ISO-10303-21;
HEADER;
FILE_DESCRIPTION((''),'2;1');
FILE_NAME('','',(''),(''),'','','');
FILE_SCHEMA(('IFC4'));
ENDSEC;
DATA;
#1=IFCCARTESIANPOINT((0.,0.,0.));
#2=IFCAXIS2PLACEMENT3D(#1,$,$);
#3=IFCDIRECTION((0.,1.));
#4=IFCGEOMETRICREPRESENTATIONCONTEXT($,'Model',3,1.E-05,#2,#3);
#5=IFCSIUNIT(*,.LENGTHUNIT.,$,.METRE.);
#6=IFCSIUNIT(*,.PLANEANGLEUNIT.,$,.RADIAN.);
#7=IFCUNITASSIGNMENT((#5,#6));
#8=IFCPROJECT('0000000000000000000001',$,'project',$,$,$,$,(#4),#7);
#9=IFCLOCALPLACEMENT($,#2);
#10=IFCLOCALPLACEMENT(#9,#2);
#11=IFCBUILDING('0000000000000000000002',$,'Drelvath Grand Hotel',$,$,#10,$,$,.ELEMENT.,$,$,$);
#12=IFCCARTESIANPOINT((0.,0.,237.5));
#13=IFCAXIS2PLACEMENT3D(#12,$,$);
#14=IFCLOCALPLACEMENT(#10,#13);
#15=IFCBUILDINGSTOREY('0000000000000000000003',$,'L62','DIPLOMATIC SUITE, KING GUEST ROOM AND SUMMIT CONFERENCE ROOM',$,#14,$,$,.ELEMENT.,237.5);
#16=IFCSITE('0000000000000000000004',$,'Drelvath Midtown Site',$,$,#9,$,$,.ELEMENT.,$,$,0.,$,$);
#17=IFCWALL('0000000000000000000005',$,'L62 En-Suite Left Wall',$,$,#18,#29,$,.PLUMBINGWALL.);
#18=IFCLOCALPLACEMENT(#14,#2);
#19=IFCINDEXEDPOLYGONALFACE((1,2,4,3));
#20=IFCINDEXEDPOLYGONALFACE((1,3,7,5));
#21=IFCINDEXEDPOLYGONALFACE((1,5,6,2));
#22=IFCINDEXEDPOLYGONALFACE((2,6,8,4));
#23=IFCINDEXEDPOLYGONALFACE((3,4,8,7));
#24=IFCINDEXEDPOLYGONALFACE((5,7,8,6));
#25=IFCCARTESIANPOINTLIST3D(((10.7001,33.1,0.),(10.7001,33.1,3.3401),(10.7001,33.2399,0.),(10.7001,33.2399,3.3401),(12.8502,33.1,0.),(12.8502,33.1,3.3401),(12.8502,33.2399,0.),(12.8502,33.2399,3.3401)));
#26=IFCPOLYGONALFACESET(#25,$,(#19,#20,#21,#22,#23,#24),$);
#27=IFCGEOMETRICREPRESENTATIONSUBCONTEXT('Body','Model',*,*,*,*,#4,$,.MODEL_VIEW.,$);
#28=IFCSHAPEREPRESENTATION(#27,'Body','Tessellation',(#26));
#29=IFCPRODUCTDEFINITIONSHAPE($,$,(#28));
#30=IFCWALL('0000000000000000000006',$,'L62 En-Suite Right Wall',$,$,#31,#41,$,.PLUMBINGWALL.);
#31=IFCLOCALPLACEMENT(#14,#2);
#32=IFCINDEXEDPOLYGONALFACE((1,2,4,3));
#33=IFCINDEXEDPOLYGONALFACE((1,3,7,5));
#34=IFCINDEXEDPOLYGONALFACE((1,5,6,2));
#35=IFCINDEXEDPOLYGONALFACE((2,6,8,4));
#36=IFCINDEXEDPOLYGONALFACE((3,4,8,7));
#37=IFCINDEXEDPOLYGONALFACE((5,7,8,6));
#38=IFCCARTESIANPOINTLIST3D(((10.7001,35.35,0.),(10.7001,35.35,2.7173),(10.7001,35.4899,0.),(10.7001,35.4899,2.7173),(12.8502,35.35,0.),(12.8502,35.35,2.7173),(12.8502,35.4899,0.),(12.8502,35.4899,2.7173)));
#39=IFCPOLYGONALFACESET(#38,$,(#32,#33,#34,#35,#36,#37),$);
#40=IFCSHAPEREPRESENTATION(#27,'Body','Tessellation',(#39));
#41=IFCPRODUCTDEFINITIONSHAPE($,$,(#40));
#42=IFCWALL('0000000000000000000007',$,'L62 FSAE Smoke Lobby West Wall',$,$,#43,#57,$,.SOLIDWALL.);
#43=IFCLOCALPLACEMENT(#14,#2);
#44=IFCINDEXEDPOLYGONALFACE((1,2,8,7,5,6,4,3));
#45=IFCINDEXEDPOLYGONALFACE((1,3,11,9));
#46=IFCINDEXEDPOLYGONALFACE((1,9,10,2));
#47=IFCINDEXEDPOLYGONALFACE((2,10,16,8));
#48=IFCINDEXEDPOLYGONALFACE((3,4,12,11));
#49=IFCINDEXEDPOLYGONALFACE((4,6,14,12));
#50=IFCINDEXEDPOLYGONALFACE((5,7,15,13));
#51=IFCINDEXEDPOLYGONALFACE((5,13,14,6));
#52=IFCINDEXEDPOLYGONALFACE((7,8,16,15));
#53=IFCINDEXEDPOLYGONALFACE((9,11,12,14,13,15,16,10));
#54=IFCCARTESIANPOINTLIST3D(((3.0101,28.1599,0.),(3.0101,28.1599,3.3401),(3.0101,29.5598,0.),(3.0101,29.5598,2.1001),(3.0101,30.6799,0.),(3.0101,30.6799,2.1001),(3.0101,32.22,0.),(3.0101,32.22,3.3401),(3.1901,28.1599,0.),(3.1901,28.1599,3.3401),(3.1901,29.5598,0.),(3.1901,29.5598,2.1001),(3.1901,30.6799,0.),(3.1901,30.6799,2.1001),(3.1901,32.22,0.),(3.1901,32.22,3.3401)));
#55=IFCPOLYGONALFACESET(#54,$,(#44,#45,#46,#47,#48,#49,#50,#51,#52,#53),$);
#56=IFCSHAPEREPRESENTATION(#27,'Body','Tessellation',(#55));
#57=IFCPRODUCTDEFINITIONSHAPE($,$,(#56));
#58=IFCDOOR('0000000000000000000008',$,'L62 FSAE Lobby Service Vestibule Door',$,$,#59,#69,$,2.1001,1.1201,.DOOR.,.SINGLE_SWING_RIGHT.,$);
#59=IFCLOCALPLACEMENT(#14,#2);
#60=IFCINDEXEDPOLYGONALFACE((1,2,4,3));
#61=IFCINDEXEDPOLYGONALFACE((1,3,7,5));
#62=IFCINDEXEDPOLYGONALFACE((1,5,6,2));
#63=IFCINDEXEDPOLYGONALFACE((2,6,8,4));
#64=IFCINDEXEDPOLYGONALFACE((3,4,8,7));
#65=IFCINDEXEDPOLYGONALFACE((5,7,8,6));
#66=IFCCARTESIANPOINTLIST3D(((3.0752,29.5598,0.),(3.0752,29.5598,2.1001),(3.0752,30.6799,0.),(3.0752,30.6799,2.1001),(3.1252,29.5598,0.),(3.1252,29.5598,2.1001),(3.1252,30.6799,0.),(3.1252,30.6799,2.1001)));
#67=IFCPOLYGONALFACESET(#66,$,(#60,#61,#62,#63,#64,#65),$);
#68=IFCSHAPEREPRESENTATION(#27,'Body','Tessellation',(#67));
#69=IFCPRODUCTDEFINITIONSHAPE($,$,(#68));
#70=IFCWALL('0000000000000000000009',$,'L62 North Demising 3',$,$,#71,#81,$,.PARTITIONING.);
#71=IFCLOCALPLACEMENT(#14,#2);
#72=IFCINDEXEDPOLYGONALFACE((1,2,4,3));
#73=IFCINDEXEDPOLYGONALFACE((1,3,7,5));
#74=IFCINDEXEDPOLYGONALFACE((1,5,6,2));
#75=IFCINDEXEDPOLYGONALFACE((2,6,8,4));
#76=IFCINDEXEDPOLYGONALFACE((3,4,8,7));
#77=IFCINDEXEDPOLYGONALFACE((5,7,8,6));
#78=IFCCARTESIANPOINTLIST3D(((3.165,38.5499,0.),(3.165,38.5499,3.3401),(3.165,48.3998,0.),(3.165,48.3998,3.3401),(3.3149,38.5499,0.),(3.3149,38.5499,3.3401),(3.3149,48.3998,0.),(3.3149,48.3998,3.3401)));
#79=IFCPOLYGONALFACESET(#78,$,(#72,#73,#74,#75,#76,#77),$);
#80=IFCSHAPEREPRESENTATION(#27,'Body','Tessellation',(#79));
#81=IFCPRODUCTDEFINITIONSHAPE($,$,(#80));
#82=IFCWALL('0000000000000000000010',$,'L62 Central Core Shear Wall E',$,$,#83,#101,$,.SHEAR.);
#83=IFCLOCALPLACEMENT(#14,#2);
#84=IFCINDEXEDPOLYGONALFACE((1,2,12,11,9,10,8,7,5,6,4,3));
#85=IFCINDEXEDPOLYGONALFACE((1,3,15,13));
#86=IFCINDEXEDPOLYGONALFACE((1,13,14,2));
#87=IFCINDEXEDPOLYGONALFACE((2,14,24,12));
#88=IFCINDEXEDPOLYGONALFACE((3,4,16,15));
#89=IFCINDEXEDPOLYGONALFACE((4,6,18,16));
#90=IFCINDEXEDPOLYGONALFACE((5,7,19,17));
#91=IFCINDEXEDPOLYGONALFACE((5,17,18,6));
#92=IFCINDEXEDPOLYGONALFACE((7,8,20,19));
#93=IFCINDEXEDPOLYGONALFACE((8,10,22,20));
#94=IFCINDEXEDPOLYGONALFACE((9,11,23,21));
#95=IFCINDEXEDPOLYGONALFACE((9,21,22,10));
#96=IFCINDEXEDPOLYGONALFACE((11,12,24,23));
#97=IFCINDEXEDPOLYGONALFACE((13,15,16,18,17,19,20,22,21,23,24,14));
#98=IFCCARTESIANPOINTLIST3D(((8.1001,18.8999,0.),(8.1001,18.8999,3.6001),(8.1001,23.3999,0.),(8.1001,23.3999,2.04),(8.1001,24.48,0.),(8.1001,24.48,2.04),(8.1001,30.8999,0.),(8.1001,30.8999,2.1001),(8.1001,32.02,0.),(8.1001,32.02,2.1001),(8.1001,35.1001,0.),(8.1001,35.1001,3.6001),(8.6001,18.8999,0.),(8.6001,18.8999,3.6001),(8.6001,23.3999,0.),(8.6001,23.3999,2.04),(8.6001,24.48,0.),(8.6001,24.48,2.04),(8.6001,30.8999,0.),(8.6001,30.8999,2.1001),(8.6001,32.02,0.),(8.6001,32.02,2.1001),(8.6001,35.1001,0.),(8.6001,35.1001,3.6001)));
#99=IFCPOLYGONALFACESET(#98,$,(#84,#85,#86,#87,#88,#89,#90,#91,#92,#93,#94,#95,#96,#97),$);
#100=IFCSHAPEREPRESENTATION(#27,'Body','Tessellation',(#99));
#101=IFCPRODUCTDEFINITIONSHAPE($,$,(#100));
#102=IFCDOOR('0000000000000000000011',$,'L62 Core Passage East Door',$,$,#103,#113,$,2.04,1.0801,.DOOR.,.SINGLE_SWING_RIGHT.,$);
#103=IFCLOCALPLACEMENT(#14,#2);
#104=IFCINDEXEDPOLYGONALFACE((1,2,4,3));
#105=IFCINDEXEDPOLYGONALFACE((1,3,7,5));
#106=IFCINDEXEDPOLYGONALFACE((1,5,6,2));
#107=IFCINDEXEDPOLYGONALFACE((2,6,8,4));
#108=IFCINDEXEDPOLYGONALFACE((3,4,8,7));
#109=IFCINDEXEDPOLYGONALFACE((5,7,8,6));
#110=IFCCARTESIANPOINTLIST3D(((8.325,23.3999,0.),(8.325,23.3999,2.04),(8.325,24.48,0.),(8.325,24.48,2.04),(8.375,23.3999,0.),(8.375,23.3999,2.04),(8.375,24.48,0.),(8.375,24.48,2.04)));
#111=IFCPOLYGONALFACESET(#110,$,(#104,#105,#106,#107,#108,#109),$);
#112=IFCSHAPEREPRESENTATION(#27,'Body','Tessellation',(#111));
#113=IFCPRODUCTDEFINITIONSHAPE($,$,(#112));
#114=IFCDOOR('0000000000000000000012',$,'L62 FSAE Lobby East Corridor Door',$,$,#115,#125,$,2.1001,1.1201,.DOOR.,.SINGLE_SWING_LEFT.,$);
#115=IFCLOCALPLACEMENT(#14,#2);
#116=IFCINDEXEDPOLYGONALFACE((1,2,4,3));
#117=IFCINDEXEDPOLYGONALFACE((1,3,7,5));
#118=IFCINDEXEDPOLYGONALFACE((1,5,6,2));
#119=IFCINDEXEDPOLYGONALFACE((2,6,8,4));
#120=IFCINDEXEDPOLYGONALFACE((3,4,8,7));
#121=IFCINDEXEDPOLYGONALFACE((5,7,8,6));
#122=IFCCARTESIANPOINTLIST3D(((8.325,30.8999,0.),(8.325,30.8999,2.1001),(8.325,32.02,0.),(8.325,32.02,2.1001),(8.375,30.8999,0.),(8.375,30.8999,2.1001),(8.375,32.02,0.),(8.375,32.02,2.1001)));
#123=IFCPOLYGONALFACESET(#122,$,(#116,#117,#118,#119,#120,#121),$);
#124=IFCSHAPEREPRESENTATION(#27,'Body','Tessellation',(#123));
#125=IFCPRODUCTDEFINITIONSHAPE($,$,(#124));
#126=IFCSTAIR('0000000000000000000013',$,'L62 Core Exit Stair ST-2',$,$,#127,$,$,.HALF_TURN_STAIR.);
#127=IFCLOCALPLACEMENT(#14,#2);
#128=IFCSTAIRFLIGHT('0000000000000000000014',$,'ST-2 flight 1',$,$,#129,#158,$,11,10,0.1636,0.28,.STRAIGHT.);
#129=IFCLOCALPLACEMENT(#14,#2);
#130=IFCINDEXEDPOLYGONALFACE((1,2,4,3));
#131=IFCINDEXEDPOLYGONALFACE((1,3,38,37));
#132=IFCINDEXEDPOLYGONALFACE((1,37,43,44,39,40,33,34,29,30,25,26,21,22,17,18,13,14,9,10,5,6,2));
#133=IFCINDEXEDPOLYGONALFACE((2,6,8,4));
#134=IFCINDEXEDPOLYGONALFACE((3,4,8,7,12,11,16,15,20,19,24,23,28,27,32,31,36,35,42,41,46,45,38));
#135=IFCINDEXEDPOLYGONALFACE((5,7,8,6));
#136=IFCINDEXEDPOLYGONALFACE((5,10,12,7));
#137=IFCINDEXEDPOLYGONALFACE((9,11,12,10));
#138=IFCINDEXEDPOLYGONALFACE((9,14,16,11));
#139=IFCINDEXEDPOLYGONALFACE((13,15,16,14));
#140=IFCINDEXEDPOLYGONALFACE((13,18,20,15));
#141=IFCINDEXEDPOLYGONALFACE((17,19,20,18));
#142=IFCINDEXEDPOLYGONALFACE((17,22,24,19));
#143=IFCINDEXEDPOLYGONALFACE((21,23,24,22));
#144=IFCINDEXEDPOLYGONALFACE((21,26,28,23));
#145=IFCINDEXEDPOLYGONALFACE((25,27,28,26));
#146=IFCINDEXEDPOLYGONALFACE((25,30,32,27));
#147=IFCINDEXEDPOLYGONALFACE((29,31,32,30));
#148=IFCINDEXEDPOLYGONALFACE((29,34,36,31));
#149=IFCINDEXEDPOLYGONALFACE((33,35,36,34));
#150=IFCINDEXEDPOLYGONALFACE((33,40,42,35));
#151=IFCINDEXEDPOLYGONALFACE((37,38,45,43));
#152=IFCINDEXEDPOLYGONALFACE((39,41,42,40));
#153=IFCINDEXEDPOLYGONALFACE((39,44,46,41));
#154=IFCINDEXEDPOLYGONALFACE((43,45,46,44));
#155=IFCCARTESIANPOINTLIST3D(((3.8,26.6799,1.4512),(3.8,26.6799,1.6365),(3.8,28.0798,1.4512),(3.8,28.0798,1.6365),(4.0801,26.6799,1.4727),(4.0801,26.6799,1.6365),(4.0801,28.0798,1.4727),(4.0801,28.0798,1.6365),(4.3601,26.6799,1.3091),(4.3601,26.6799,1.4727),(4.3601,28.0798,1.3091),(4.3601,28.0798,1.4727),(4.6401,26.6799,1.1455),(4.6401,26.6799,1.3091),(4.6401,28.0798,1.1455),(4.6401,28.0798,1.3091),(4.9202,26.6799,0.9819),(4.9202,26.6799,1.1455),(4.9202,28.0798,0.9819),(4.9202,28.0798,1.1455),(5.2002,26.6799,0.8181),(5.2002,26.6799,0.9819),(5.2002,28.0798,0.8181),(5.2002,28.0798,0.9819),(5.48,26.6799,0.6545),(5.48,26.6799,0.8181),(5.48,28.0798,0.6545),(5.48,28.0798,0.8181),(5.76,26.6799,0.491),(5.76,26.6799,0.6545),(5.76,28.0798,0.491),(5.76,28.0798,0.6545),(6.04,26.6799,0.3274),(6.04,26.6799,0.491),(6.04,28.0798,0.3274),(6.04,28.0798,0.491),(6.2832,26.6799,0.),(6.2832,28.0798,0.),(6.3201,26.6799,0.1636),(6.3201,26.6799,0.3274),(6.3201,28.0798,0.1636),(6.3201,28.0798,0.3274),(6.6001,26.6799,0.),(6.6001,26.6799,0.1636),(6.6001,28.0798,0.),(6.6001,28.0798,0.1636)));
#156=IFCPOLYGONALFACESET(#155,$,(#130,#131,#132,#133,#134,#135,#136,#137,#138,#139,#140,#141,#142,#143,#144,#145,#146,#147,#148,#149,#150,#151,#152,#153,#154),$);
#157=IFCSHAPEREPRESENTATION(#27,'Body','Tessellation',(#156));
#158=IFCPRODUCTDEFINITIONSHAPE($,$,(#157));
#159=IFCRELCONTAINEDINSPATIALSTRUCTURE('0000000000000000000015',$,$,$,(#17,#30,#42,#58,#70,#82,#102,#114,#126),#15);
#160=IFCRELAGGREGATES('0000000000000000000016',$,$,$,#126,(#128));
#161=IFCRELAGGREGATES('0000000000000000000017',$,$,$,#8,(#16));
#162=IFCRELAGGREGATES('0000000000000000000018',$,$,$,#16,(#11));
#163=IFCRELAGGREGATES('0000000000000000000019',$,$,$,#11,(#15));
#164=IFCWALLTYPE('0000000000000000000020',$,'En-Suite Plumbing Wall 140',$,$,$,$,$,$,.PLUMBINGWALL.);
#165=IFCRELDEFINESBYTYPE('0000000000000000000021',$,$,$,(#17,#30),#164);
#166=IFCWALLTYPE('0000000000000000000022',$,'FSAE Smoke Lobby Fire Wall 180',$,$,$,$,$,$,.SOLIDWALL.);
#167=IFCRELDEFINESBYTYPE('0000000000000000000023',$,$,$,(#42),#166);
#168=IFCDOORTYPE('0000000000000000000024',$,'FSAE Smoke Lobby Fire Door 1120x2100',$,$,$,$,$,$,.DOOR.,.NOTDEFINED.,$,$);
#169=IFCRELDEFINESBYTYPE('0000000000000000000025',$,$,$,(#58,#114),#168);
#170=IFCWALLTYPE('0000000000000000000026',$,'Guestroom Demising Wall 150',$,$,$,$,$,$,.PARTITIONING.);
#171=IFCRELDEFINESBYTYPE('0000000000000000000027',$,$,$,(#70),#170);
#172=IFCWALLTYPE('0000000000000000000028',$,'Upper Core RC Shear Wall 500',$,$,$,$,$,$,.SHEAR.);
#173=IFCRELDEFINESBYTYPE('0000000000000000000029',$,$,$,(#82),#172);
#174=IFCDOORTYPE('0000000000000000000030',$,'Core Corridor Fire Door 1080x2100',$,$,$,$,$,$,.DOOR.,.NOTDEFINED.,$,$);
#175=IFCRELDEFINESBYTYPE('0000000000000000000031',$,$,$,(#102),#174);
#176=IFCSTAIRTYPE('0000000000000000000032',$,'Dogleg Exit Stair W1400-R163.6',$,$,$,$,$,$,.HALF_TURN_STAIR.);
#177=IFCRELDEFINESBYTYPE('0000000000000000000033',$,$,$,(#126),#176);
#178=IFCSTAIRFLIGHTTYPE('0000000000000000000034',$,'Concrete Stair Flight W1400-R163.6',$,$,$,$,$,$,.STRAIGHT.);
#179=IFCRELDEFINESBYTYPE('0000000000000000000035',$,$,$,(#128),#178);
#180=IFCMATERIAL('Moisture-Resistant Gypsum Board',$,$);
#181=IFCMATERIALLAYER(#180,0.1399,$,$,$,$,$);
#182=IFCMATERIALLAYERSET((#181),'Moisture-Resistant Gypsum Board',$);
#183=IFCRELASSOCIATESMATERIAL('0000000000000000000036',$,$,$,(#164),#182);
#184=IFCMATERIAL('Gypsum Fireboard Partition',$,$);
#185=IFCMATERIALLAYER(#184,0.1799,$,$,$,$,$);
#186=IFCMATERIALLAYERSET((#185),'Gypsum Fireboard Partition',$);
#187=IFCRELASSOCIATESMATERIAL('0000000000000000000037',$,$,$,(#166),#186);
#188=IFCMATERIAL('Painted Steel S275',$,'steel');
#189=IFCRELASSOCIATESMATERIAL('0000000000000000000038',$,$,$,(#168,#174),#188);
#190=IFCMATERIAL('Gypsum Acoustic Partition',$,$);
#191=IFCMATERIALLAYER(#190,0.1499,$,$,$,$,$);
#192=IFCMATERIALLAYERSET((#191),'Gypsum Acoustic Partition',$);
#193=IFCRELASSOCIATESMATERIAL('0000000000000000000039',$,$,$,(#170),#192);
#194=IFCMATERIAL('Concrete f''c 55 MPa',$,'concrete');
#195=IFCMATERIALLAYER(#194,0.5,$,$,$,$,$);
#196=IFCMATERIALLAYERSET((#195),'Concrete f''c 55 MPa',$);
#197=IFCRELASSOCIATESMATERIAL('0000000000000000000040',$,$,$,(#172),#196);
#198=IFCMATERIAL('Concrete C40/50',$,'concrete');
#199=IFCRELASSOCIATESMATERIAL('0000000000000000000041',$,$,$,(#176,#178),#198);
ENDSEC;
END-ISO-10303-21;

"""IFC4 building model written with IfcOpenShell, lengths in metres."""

from ifc_helpers import new_model, si_unit, direction, frame, frame_2d, origin, place, context, subcontext, project, spatial, polyline, rectangle, outline, extrude, material, layer, layer_set, type_object, element, fill, aggregate, save


model = new_model("IFC4")

# Units and contexts
model_context = context("Model", 3, precision=1e-05, world=origin(), true_north=direction((0.0, 1.0)))
body_context = subcontext(model_context, "Body", "Model", "MODEL_VIEW")
ifc_project = project(units=[si_unit("LENGTHUNIT", "METRE"), si_unit("PLANEANGLEUNIT", "RADIAN")], contexts=[model_context])

# Site, building, storey
site_placement = place(None, origin())
site = spatial("IfcSite", under=ifc_project, at=site_placement, Name="Drelvath Midtown Site", CompositionType="ELEMENT", RefElevation=0.0)
building_placement = place(site_placement, origin())
building = spatial("IfcBuilding", under=site, at=building_placement, Name="Drelvath Grand Hotel", CompositionType="ELEMENT")
storey_placement = place(building_placement, frame((0.0, 0.0, 237.5)))
storey = spatial("IfcBuildingStorey", under=building, at=storey_placement, Name="L62", Description="DIPLOMATIC SUITE, KING GUEST ROOM AND SUMMIT CONFERENCE ROOM", CompositionType="ELEMENT", Elevation=237.5)

# Shared definitions
ifc_material_1 = material(Name="Concrete f'c 55 MPa", Category="concrete")

# Shared definitions
ifc_material_2 = material(Name="Concrete C40/50", Category="concrete")

# Shared definitions
ifc_material_3 = material(Name="Painted Steel S275", Category="steel")

# Walls
ifc_material_4 = material(Name="Gypsum Fireboard Partition")
ifc_material_5 = material(Name="Moisture-Resistant Gypsum Board")
ifc_layer_1 = layer(ifc_material_5, 0.1399)
ifc_layer_set_1 = layer_set([ifc_layer_1], Name="Moisture-Resistant Gypsum Board")
wall_type_1 = type_object("IfcWallType", Name="En-Suite Plumbing Wall 140", PredefinedType="PLUMBINGWALL", material=ifc_layer_set_1)
wall_1_placement = place(storey_placement, frame((10.7, 33.1699, 0.0), z_axis=(0.0, 0.0, 1.0), x_axis=(1.0, 0.0, 0.0)))
element("IfcWall", 1, at=wall_1_placement, inside=storey, type_object=wall_type_1, Name="L62 En-Suite Left Wall", PredefinedType="PLUMBINGWALL", context=body_context, shape_type="SweptSolid", body=[
    extrude(rectangle(XDim=2.1501, YDim=0.1399, at=frame_2d((1.0752, 0.0))), origin(), (0.0, 0.0, 1.0), 3.3401),
])
wall_2_placement = place(storey_placement, frame((10.7, 35.4199, 0.0), z_axis=(0.0, 0.0, 1.0), x_axis=(1.0, 0.0, 0.0)))
element("IfcWall", 2, at=wall_2_placement, inside=storey, type_object=wall_type_1, Name="L62 En-Suite Right Wall", PredefinedType="PLUMBINGWALL", context=body_context, shape_type="SweptSolid", body=[
    extrude(rectangle(XDim=2.1501, YDim=0.1399, at=frame_2d((1.0752, 0.0))), origin(), (0.0, 0.0, 1.0), 2.7173),
])

# Wall, opening, door
ifc_layer_2 = layer(ifc_material_4, 0.1799)
ifc_layer_set_2 = layer_set([ifc_layer_2], Name="Gypsum Fireboard Partition")
wall_type_2 = type_object("IfcWallType", Name="FSAE Smoke Lobby Fire Wall 180", PredefinedType="SOLIDWALL", material=ifc_layer_set_2)
wall_3_placement = place(storey_placement, frame((3.1001, 28.1599, 0.0), z_axis=(0.0, 0.0, 1.0), x_axis=(0.0, 1.0, 0.0)))
wall_3 = element("IfcWall", 3, at=wall_3_placement, inside=storey, type_object=wall_type_2, Name="L62 FSAE Smoke Lobby West Wall", PredefinedType="SOLIDWALL", context=body_context, shape_type="SweptSolid", body=[
    extrude(rectangle(XDim=4.0601, YDim=0.1799, at=frame_2d((2.03, 0.0))), origin(), (0.0, 0.0, 1.0), 3.3401),
])
opening_1_placement = place(wall_3_placement, frame((1.3999, 0.0, 0.0)))
opening_1 = element("IfcOpeningElement", 4, at=opening_1_placement, cuts=wall_3, PredefinedType="OPENING", context=body_context, shape_type="SweptSolid", body=[
    extrude(rectangle(XDim=1.1201, YDim=2.1001, at=frame_2d((0.5601, 1.05))), frame((0.0, 0.0999, 0.0), z_axis=(0.0, -1.0, 0.0), x_axis=(1.0, 0.0, 0.0)), (0.0, 0.0, 1.0), 0.2),
])
door_type_1 = type_object("IfcDoorType", Name="FSAE Smoke Lobby Fire Door 1120x2100", OperationType="NOTDEFINED", PredefinedType="DOOR", material=ifc_material_3)
door_1_placement = place(opening_1_placement, origin())
door_1 = element("IfcDoor", 5, at=door_1_placement, inside=storey, type_object=door_type_1, Name="L62 FSAE Lobby Service Vestibule Door", OperationType="SINGLE_SWING_RIGHT", OverallHeight=2.1001, OverallWidth=1.1201, PredefinedType="DOOR", context=body_context, shape_type="SweptSolid", body=[
    extrude(rectangle(XDim=1.1201, YDim=2.1001, at=frame_2d((0.5601, 1.05))), frame((0.0, 0.0249, 0.0), z_axis=(0.0, -1.0, 0.0), x_axis=(1.0, 0.0, 0.0)), (0.0, 0.0, 1.0), 0.05),
])
fill(opening_1, door_1)

# Wall
ifc_material_6 = material(Name="Gypsum Acoustic Partition")
ifc_layer_3 = layer(ifc_material_6, 0.1499)
ifc_layer_set_3 = layer_set([ifc_layer_3], Name="Gypsum Acoustic Partition")
wall_type_3 = type_object("IfcWallType", Name="Guestroom Demising Wall 150", PredefinedType="PARTITIONING", material=ifc_layer_set_3)
wall_4_placement = place(storey_placement, frame((3.24, 38.55, 0.0), z_axis=(0.0, 0.0, 1.0), x_axis=(0.0, 1.0, 0.0)))
element("IfcWall", 6, at=wall_4_placement, inside=storey, type_object=wall_type_3, Name="L62 North Demising 3", PredefinedType="PARTITIONING", context=body_context, shape_type="SweptSolid", body=[
    extrude(rectangle(XDim=9.8499, YDim=0.1499, at=frame_2d((4.9248, 0.0))), origin(), (0.0, 0.0, 1.0), 3.3401),
])

# Wall, openings, doors
ifc_layer_4 = layer(ifc_material_1, 0.5)
ifc_layer_set_4 = layer_set([ifc_layer_4], Name="Concrete f'c 55 MPa")
wall_type_4 = type_object("IfcWallType", Name="Upper Core RC Shear Wall 500", PredefinedType="SHEAR", material=ifc_layer_set_4)
wall_5_placement = place(storey_placement, frame((8.3501, 35.1001, 0.0), z_axis=(0.0, 0.0, 1.0), x_axis=(0.0, -1.0, 0.0)))
wall_5 = element("IfcWall", 7, at=wall_5_placement, inside=storey, type_object=wall_type_4, Name="L62 Central Core Shear Wall E", PredefinedType="SHEAR", context=body_context, shape_type="SweptSolid", body=[
    extrude(rectangle(XDim=16.2002, YDim=0.5, at=frame_2d((8.1001, 0.0))), origin(), (0.0, 0.0, 1.0), 3.6001),
])
opening_2_placement = place(wall_5_placement, frame((3.0801, 0.0, 0.0)))
opening_2 = element("IfcOpeningElement", 8, at=opening_2_placement, cuts=wall_5, PredefinedType="OPENING", context=body_context, shape_type="SweptSolid", body=[
    extrude(rectangle(XDim=1.1201, YDim=2.1001, at=frame_2d((0.5601, 1.05))), frame((0.0, 0.26, 0.0), z_axis=(0.0, -1.0, 0.0), x_axis=(1.0, 0.0, 0.0)), (0.0, 0.0, 1.0), 0.52),
])
opening_3_placement = place(wall_5_placement, frame((10.6201, 0.0, 0.0)))
opening_3 = element("IfcOpeningElement", 9, at=opening_3_placement, cuts=wall_5, PredefinedType="OPENING", context=body_context, shape_type="SweptSolid", body=[
    extrude(rectangle(XDim=1.0801, YDim=2.04, at=frame_2d((0.54, 1.02))), frame((0.0, 0.26, 0.0), z_axis=(0.0, -1.0, 0.0), x_axis=(1.0, 0.0, 0.0)), (0.0, 0.0, 1.0), 0.52),
])
door_type_2 = type_object("IfcDoorType", Name="Core Corridor Fire Door 1080x2100", OperationType="NOTDEFINED", PredefinedType="DOOR", material=ifc_material_3)
door_2_placement = place(opening_3_placement, origin())
door_2 = element("IfcDoor", 10, at=door_2_placement, inside=storey, type_object=door_type_2, Name="L62 Core Passage East Door", OperationType="SINGLE_SWING_RIGHT", OverallHeight=2.04, OverallWidth=1.0801, PredefinedType="DOOR", context=body_context, shape_type="SweptSolid", body=[
    extrude(rectangle(XDim=1.0801, YDim=2.04, at=frame_2d((0.54, 1.02))), frame((0.0, 0.0249, 0.0), z_axis=(0.0, -1.0, 0.0), x_axis=(1.0, 0.0, 0.0)), (0.0, 0.0, 1.0), 0.05),
])
fill(opening_3, door_2)
door_3_placement = place(opening_2_placement, origin())
door_3 = element("IfcDoor", 11, at=door_3_placement, inside=storey, type_object=door_type_1, Name="L62 FSAE Lobby East Corridor Door", OperationType="SINGLE_SWING_LEFT", OverallHeight=2.1001, OverallWidth=1.1201, PredefinedType="DOOR", context=body_context, shape_type="SweptSolid", body=[
    extrude(rectangle(XDim=1.1201, YDim=2.1001, at=frame_2d((0.5601, 1.05))), frame((0.0, 0.0249, 0.0), z_axis=(0.0, -1.0, 0.0), x_axis=(1.0, 0.0, 0.0)), (0.0, 0.0, 1.0), 0.05),
])
fill(opening_2, door_3)

# Stair, stair flight
stair_type = type_object("IfcStairType", Name="Dogleg Exit Stair W1400-R163.6", PredefinedType="HALF_TURN_STAIR", material=ifc_material_2)
stair_placement = place(storey_placement, origin())
stair = element("IfcStair", 12, at=stair_placement, inside=storey, type_object=stair_type, Name="L62 Core Exit Stair ST-2", PredefinedType="HALF_TURN_STAIR")
stair_flight_type = type_object("IfcStairFlightType", Name="Concrete Stair Flight W1400-R163.6", PredefinedType="STRAIGHT", material=ifc_material_2)
stair_flight_placement = place(storey_placement, frame((6.6001, 27.3799, 0.0), z_axis=(0.0, 0.0, 1.0), x_axis=(-1.0, 0.0, 0.0)))
stair_flight = element("IfcStairFlight", 13, at=stair_flight_placement, type_object=stair_flight_type, Name="ST-2 flight 1", NumberOfRisers=11, NumberOfTreads=10, PredefinedType="STRAIGHT", RiserHeight=0.1636, TreadLength=0.28, context=body_context, shape_type="SweptSolid", body=[
    extrude(outline(polyline([(0.0, 0.0), (0.0, 0.1636), (0.28, 0.1636), (0.28, 0.3274), (0.5601, 0.3274), (0.5601, 0.491), (0.8401, 0.491), (0.8401, 0.6545), (1.1201, 0.6545), (1.1201, 0.8181), (1.3999, 0.8181), (1.3999, 0.9819), (1.6799, 0.9819), (1.6799, 1.1455), (1.96, 1.1455), (1.96, 1.3091), (2.24, 1.3091), (2.24, 1.4727), (2.52, 1.4727), (2.52, 1.6365), (2.8, 1.6365), (2.8, 1.8), (2.8, 1.4512), (0.3169, 0.0), (0.0, 0.0)])), frame((0.0, 0.7, 0.0), z_axis=(0.0, -1.0, 0.0), x_axis=(1.0, 0.0, 0.0)), (0.0, 0.0, 1.0), 1.3999),
])
aggregate(stair, [stair_flight])

save(model, "model.ifc")
